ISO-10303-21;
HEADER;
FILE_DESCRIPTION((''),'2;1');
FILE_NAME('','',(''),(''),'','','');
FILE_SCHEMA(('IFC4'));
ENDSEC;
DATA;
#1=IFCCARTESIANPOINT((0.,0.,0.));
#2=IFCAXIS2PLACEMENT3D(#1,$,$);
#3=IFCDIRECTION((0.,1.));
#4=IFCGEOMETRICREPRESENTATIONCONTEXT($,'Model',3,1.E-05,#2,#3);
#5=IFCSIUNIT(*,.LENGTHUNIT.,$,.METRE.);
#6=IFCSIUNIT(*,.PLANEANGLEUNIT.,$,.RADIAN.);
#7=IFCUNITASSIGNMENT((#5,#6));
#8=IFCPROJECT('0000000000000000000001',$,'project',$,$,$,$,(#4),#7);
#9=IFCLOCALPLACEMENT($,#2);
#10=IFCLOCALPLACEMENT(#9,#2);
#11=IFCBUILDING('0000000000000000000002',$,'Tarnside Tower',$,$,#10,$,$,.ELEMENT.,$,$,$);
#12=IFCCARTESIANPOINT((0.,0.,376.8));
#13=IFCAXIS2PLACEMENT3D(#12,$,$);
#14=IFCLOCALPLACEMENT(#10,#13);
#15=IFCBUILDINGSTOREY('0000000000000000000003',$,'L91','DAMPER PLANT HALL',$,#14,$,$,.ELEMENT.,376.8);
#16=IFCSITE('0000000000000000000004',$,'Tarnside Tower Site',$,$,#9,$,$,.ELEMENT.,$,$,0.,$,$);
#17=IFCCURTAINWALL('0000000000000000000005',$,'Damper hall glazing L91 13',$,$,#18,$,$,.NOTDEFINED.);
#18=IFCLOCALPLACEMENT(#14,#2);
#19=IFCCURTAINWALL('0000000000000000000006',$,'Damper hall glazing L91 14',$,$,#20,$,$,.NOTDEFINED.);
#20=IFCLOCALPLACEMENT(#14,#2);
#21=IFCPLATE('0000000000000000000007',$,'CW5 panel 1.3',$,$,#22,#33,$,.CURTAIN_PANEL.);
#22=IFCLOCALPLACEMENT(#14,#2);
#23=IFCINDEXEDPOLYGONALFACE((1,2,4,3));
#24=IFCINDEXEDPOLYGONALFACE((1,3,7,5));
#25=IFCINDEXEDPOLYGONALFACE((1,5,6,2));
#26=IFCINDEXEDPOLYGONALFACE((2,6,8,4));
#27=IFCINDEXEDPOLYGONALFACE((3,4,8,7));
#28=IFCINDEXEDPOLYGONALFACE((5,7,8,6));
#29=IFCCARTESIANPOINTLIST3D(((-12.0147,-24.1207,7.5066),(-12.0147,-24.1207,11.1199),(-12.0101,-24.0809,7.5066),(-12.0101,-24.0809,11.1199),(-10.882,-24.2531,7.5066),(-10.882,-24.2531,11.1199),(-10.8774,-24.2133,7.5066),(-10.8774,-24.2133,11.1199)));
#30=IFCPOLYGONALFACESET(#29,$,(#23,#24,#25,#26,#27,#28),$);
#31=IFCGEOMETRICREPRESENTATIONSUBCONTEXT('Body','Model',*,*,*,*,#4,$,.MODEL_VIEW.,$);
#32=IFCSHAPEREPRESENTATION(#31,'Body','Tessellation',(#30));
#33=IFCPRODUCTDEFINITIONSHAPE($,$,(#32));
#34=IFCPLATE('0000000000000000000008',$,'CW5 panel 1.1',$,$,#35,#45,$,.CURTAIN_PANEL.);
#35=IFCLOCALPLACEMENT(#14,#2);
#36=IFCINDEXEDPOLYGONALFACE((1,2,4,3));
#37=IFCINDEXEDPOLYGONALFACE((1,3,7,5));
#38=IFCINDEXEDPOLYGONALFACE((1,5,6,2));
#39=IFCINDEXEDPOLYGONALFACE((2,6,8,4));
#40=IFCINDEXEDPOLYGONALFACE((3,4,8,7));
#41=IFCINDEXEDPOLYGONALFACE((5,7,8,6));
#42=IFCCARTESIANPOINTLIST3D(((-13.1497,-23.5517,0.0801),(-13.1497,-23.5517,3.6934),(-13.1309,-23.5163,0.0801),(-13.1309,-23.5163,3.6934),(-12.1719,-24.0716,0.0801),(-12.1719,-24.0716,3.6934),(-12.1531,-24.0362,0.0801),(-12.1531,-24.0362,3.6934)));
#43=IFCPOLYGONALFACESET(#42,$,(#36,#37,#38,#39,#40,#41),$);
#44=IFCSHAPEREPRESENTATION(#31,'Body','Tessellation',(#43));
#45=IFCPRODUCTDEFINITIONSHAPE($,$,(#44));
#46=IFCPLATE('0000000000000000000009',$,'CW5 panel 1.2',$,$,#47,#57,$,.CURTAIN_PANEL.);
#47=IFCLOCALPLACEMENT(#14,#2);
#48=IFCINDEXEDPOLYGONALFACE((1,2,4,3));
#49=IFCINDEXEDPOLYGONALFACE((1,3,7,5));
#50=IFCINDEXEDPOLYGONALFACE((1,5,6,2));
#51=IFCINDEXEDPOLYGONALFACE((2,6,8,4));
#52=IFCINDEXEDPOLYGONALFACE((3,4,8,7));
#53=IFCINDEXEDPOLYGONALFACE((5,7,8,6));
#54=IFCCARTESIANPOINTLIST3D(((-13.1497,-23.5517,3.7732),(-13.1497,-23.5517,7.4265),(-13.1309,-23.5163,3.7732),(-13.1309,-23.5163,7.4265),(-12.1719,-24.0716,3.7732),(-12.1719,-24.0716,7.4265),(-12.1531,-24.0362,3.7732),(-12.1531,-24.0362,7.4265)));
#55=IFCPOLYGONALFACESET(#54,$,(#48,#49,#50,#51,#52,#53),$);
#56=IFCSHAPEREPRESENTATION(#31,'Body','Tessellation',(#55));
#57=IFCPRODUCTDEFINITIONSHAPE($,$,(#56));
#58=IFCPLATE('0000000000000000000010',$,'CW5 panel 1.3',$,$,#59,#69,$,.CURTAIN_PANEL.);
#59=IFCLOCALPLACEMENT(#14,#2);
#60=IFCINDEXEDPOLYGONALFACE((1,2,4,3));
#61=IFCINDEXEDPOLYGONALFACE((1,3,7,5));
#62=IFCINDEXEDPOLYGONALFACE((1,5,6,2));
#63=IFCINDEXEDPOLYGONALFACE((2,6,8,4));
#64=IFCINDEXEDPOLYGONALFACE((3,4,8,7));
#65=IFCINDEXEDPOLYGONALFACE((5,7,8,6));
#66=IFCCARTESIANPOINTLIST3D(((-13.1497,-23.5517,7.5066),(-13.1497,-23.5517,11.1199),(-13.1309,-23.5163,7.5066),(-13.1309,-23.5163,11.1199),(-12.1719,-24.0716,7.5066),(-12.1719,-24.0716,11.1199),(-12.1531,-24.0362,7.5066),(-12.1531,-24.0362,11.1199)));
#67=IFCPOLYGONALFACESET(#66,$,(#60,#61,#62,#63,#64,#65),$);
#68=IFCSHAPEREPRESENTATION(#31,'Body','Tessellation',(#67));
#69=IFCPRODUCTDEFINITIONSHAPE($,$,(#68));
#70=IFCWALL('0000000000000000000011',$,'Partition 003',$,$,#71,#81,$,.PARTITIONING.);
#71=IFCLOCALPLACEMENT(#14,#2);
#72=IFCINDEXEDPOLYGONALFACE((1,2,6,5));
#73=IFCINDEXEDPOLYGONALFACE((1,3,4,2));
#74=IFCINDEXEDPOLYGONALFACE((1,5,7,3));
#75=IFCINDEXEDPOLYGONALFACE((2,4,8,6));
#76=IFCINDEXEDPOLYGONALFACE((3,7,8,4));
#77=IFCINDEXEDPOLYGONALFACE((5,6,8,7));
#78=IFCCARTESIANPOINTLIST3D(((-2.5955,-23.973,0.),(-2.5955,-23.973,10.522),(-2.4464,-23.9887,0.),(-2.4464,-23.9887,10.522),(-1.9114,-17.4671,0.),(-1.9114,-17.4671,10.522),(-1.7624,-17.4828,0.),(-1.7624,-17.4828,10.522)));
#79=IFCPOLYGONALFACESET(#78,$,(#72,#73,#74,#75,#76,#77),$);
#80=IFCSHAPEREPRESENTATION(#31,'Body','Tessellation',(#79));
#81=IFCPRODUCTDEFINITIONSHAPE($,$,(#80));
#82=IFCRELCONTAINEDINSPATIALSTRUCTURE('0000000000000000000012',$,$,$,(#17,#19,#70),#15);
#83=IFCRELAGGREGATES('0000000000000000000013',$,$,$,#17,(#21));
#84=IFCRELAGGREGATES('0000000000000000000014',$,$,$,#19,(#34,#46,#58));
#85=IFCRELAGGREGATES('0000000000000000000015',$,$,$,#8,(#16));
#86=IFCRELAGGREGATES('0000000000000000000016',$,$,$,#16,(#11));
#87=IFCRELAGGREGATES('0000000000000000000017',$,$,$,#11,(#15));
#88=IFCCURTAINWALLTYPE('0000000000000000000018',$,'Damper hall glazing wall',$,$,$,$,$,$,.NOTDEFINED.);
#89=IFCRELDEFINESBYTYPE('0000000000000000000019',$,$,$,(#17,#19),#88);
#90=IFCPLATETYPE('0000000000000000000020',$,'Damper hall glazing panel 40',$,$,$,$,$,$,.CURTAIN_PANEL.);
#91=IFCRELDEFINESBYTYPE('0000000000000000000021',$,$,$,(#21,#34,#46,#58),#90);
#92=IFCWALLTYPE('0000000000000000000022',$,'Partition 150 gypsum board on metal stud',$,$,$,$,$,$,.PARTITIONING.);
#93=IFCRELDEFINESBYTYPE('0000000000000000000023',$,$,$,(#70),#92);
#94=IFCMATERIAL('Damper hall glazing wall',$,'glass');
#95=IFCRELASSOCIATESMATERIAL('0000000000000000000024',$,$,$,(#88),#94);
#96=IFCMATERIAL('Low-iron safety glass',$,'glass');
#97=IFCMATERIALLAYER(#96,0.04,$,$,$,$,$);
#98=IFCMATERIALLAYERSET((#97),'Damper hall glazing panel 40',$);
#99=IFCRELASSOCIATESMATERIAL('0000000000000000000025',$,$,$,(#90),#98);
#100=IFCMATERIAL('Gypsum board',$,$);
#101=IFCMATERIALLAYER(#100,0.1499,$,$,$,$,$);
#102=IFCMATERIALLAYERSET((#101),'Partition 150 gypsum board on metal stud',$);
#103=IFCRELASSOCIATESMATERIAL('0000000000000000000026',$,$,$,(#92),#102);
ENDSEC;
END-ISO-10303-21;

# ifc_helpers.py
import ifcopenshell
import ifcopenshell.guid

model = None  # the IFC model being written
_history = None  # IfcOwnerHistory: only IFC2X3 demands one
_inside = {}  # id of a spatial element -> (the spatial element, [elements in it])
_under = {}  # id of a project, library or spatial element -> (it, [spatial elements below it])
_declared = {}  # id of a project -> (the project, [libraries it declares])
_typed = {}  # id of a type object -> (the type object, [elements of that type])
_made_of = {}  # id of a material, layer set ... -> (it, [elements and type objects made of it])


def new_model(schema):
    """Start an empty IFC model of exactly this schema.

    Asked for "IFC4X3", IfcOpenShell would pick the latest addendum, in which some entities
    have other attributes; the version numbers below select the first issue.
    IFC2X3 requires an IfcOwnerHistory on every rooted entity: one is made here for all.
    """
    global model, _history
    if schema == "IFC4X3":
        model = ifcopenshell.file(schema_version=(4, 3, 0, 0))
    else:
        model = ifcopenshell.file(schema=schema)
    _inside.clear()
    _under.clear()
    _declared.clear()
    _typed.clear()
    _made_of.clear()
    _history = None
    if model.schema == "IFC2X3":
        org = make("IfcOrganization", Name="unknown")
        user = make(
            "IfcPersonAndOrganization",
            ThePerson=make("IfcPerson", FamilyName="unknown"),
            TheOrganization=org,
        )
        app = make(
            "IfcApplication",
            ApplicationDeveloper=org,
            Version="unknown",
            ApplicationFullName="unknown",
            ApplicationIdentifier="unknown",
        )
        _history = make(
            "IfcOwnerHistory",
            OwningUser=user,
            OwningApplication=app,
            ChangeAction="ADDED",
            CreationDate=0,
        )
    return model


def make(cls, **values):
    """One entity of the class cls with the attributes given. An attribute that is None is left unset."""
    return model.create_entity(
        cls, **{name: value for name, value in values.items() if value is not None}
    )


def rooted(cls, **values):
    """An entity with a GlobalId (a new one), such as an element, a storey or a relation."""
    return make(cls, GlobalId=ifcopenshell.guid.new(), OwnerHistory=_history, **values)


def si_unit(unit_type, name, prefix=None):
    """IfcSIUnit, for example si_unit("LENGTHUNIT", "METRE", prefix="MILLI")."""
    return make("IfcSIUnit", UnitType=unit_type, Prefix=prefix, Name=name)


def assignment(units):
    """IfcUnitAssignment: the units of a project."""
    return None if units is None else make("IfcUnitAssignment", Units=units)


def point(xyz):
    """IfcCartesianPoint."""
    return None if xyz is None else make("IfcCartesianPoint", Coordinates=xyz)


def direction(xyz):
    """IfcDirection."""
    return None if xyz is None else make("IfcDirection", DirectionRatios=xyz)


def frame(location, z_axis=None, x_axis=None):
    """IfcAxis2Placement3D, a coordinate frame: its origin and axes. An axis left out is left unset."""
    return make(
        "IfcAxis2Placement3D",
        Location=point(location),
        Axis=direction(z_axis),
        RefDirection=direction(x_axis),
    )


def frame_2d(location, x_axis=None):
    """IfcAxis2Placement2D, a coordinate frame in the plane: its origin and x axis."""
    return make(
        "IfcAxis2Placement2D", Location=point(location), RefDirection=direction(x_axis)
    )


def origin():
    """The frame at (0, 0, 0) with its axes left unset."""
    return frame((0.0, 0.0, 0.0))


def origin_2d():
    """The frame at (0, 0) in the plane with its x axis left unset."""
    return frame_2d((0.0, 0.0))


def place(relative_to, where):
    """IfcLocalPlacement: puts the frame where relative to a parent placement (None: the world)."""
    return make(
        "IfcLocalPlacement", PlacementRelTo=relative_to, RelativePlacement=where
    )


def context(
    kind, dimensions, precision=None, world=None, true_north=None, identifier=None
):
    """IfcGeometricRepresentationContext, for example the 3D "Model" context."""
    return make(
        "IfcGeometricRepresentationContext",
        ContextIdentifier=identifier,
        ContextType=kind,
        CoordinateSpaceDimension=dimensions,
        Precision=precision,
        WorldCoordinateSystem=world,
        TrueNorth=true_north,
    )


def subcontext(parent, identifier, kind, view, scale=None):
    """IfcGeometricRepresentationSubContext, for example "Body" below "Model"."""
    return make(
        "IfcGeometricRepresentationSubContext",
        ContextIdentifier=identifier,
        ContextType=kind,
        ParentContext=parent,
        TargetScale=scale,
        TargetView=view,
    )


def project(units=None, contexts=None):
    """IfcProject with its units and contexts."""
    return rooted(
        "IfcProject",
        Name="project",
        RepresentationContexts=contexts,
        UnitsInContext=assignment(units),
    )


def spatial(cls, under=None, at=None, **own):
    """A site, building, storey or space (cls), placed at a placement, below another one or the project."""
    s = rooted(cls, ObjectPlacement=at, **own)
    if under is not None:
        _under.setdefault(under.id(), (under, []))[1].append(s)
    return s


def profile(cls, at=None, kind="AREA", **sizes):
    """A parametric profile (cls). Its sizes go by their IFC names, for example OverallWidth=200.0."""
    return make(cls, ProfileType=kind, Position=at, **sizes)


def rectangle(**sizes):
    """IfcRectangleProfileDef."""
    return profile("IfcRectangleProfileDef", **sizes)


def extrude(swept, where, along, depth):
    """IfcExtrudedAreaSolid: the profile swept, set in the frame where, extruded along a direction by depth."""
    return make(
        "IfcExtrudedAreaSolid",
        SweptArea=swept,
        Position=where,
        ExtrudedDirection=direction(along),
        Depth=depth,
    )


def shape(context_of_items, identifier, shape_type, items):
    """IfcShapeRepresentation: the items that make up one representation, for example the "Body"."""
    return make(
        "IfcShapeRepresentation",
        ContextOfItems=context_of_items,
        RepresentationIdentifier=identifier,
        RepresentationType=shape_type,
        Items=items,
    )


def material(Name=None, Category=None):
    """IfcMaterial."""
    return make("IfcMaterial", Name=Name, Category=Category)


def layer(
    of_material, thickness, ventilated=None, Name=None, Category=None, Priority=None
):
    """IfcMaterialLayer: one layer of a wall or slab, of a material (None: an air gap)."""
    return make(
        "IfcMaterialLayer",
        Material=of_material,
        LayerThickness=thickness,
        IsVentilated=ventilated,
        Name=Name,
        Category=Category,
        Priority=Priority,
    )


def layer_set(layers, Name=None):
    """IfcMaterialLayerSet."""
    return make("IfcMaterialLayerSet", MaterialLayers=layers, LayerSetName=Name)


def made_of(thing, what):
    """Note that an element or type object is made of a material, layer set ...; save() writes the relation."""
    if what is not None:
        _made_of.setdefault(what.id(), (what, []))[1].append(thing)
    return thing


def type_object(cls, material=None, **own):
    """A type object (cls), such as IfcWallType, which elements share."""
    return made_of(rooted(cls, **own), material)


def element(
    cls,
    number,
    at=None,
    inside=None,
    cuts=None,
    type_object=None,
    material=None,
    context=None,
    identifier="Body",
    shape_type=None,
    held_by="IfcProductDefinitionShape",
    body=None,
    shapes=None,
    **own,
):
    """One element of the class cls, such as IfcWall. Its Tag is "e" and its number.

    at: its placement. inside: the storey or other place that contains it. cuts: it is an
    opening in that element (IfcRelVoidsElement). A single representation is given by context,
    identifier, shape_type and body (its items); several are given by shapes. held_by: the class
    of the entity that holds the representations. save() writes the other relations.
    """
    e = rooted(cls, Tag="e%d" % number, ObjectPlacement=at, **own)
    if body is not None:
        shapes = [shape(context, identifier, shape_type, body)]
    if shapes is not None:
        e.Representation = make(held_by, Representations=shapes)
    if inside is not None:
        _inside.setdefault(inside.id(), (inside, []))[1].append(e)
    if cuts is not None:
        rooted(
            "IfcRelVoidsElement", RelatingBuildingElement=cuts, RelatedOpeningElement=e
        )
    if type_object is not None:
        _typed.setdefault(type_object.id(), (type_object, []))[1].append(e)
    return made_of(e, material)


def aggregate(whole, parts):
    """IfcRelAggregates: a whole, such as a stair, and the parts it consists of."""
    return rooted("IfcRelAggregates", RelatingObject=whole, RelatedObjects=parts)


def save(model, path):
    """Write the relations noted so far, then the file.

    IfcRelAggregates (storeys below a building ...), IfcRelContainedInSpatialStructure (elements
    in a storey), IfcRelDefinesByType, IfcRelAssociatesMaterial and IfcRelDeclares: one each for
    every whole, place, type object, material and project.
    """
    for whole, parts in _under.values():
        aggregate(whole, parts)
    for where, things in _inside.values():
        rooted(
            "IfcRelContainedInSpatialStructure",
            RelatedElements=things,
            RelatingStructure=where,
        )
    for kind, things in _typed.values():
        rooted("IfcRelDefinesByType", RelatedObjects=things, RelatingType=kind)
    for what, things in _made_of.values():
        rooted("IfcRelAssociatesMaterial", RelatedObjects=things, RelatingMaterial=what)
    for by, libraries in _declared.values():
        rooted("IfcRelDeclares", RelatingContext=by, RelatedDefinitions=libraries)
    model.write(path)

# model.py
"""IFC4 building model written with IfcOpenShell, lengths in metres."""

from ifc_helpers import new_model, si_unit, direction, frame, frame_2d, origin, origin_2d, place, context, subcontext, project, spatial, rectangle, extrude, material, layer, layer_set, type_object, element, aggregate, save


model = new_model("IFC4")

# Units and contexts
model_context = context("Model", 3, precision=1e-05, world=origin(), true_north=direction((0.0, 1.0)))
body_context = subcontext(model_context, "Body", "Model", "MODEL_VIEW")
ifc_project = project(units=[si_unit("LENGTHUNIT", "METRE"), si_unit("PLANEANGLEUNIT", "RADIAN")], contexts=[model_context])

# Site, building, storey
site_placement = place(None, origin())
site = spatial("IfcSite", under=ifc_project, at=site_placement, Name="Tarnside Tower Site", CompositionType="ELEMENT", RefElevation=0.0)
building_placement = place(site_placement, origin())
building = spatial("IfcBuilding", under=site, at=building_placement, Name="Tarnside Tower", CompositionType="ELEMENT")
storey_placement = place(building_placement, frame((0.0, 0.0, 376.8)))
storey = spatial("IfcBuildingStorey", under=building, at=storey_placement, Name="L91", Description="DAMPER PLANT HALL", CompositionType="ELEMENT", Elevation=376.8)

# Curtain wall
ifc_material_1 = material(Name="Damper hall glazing wall", Category="glass")
curtain_wall_type = type_object("IfcCurtainWallType", Name="Damper hall glazing wall", PredefinedType="NOTDEFINED", material=ifc_material_1)
curtain_wall_1_placement = place(storey_placement, origin())
curtain_wall_1 = element("IfcCurtainWall", 1, at=curtain_wall_1_placement, inside=storey, type_object=curtain_wall_type, Name="Damper hall glazing L91 13", PredefinedType="NOTDEFINED")

# Curtain wall
curtain_wall_2_placement = place(storey_placement, origin())
curtain_wall_2 = element("IfcCurtainWall", 2, at=curtain_wall_2_placement, inside=storey, type_object=curtain_wall_type, Name="Damper hall glazing L91 14", PredefinedType="NOTDEFINED")

# Plates
ifc_material_2 = material(Name="Low-iron safety glass", Category="glass")
ifc_layer_1 = layer(ifc_material_2, 0.04)
ifc_layer_set_1 = layer_set([ifc_layer_1], Name="Damper hall glazing panel 40")
plate_type = type_object("IfcPlateType", Name="Damper hall glazing panel 40", PredefinedType="CURTAIN_PANEL", material=ifc_layer_set_1)
plate_1_placement = place(storey_placement, frame((-11.446, -24.167, 7.5066), z_axis=(0.0, 0.0, 1.0), x_axis=(-0.993238, 0.116093, 0.0)))
plate_1 = element("IfcPlate", 3, at=plate_1_placement, type_object=plate_type, Name="CW5 panel 1.3", PredefinedType="CURTAIN_PANEL", context=body_context, shape_type="SweptSolid", body=[
    extrude(rectangle(XDim=1.1404, YDim=0.04, at=origin_2d()), origin(), (0.0, 0.0, 1.0), 3.6133),
])
aggregate(curtain_wall_1, [plate_1])
plate_2_placement = place(storey_placement, frame((-12.6514, -23.7939, 0.0801), z_axis=(0.0, 0.0, 1.0), x_axis=(-0.882948, 0.469472, 0.0)))
plate_2 = element("IfcPlate", 4, at=plate_2_placement, type_object=plate_type, Name="CW5 panel 1.1", PredefinedType="CURTAIN_PANEL", context=body_context, shape_type="SweptSolid", body=[
    extrude(rectangle(XDim=1.1074, YDim=0.04, at=origin_2d()), origin(), (0.0, 0.0, 1.0), 3.6133),
])
plate_3_placement = place(storey_placement, frame((-12.6514, -23.7939, 3.7732), z_axis=(0.0, 0.0, 1.0), x_axis=(-0.882948, 0.469472, 0.0)))
plate_3 = element("IfcPlate", 5, at=plate_3_placement, type_object=plate_type, Name="CW5 panel 1.2", PredefinedType="CURTAIN_PANEL", context=body_context, shape_type="SweptSolid", body=[
    extrude(rectangle(XDim=1.1074, YDim=0.04, at=origin_2d()), origin(), (0.0, 0.0, 1.0), 3.6533),
])
plate_4_placement = place(storey_placement, frame((-12.6514, -23.7939, 7.5066), z_axis=(0.0, 0.0, 1.0), x_axis=(-0.882948, 0.469472, 0.0)))
plate_4 = element("IfcPlate", 6, at=plate_4_placement, type_object=plate_type, Name="CW5 panel 1.3", PredefinedType="CURTAIN_PANEL", context=body_context, shape_type="SweptSolid", body=[
    extrude(rectangle(XDim=1.1074, YDim=0.04, at=origin_2d()), origin(), (0.0, 0.0, 1.0), 3.6133),
])
aggregate(curtain_wall_2, [plate_2, plate_3, plate_4])

# Wall
ifc_material_3 = material(Name="Gypsum board")
ifc_layer_2 = layer(ifc_material_3, 0.1499)
ifc_layer_set_2 = layer_set([ifc_layer_2], Name="Partition 150 gypsum board on metal stud")
wall_type = type_object("IfcWallType", Name="Partition 150 gypsum board on metal stud", PredefinedType="PARTITIONING", material=ifc_layer_set_2)
wall_placement = place(storey_placement, frame((-2.521, -23.981, 0.0), z_axis=(0.0, 0.0, 1.0), x_axis=(0.104572, 0.994517, 0.0)))
element("IfcWall", 7, at=wall_placement, inside=storey, type_object=wall_type, Name="Partition 003", PredefinedType="PARTITIONING", context=body_context, shape_type="SweptSolid", body=[
    extrude(rectangle(XDim=6.5417, YDim=0.1499, at=frame_2d((3.271, 0.0))), origin(), (0.0, 0.0, 1.0), 10.522),
])

save(model, "model.ifc")
